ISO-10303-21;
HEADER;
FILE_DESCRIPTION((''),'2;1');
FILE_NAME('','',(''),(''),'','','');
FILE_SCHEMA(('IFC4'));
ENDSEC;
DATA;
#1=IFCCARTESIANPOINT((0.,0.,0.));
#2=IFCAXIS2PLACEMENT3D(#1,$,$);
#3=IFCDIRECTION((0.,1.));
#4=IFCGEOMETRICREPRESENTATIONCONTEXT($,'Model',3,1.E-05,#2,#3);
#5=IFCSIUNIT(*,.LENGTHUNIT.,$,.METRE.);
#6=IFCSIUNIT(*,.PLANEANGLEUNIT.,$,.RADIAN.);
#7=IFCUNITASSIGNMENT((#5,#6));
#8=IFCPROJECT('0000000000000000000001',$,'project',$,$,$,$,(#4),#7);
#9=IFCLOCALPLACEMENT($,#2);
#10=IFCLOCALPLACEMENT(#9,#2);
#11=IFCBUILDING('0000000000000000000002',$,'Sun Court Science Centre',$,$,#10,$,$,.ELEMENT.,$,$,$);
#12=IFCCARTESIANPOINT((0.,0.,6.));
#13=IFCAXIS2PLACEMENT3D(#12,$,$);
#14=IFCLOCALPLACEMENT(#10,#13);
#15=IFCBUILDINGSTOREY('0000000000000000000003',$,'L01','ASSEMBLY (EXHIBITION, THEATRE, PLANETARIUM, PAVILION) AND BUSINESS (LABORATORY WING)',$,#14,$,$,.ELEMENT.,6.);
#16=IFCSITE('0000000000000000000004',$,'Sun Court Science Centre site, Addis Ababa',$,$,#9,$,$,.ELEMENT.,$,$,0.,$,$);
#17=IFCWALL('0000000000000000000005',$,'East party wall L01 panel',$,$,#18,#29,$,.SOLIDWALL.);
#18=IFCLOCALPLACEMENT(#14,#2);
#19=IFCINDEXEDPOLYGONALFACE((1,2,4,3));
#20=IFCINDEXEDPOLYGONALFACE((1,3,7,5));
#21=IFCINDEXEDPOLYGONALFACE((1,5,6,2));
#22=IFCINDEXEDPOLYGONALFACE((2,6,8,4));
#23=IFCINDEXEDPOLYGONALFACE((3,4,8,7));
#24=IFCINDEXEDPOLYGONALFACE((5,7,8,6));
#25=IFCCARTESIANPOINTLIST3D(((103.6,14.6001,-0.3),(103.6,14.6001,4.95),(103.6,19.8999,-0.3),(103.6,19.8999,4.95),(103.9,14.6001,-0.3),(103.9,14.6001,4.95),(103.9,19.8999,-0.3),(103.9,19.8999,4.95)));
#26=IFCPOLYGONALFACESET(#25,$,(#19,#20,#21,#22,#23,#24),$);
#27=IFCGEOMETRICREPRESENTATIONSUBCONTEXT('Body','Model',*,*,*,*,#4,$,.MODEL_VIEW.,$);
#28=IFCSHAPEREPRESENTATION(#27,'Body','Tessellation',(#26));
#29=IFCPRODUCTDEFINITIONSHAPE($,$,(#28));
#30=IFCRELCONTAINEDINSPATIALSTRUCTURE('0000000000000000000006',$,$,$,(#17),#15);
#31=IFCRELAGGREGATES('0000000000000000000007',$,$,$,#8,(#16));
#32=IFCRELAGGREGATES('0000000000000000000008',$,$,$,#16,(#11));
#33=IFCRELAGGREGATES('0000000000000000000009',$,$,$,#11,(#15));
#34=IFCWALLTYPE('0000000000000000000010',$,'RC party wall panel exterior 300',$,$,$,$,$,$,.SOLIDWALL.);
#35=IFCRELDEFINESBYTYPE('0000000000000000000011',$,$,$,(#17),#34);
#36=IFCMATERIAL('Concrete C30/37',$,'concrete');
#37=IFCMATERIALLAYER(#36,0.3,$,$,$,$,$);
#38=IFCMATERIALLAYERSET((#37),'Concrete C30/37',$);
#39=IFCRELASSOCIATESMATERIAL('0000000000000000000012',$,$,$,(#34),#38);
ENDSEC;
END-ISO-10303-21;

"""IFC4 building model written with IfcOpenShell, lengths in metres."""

from ifc_helpers import new_model, si_unit, direction, frame, frame_2d, origin, place, context, subcontext, project, spatial, rectangle, extrude, material, layer, layer_set, type_object, element, save


model = new_model("IFC4")

# Units and contexts
model_context = context("Model", 3, precision=1e-05, world=origin(), true_north=direction((0.0, 1.0)))
body_context = subcontext(model_context, "Body", "Model", "MODEL_VIEW")
ifc_project = project(units=[si_unit("LENGTHUNIT", "METRE"), si_unit("PLANEANGLEUNIT", "RADIAN")], contexts=[model_context])

# Site, building, storey
site_placement = place(None, origin())
site = spatial("IfcSite", under=ifc_project, at=site_placement, Name="Sun Court Science Centre site, Addis Ababa", CompositionType="ELEMENT", RefElevation=0.0)
building_placement = place(site_placement, origin())
building = spatial("IfcBuilding", under=site, at=building_placement, Name="Sun Court Science Centre", CompositionType="ELEMENT")
storey_placement = place(building_placement, frame((0.0, 0.0, 6.0)))
storey = spatial("IfcBuildingStorey", under=building, at=storey_placement, Name="L01", Description="ASSEMBLY (EXHIBITION, THEATRE, PLANETARIUM, PAVILION) AND BUSINESS (LABORATORY WING)", CompositionType="ELEMENT", Elevation=6.0)

# Wall
ifc_material_1 = material(Name="Concrete C30/37", Category="concrete")
ifc_layer_1 = layer(ifc_material_1, 0.3)
ifc_layer_set_1 = layer_set([ifc_layer_1], Name="Concrete C30/37")
wall_type_1 = type_object("IfcWallType", Name="RC party wall panel exterior 300", PredefinedType="SOLIDWALL", material=ifc_layer_set_1)
wall_1_placement = place(storey_placement, frame((103.75, 14.6001, -0.3), z_axis=(0.0, 0.0, 1.0), x_axis=(0.0, 1.0, 0.0)))
element("IfcWall", 1, at=wall_1_placement, inside=storey, type_object=wall_type_1, Name="East party wall L01 panel", PredefinedType="SOLIDWALL", context=body_context, shape_type="SweptSolid", body=[
    extrude(rectangle(XDim=5.2998, YDim=0.3, at=frame_2d((2.6499, 0.0))), origin(), (0.0, 0.0, 1.0), 5.25),
])

save(model, "model.ifc")
